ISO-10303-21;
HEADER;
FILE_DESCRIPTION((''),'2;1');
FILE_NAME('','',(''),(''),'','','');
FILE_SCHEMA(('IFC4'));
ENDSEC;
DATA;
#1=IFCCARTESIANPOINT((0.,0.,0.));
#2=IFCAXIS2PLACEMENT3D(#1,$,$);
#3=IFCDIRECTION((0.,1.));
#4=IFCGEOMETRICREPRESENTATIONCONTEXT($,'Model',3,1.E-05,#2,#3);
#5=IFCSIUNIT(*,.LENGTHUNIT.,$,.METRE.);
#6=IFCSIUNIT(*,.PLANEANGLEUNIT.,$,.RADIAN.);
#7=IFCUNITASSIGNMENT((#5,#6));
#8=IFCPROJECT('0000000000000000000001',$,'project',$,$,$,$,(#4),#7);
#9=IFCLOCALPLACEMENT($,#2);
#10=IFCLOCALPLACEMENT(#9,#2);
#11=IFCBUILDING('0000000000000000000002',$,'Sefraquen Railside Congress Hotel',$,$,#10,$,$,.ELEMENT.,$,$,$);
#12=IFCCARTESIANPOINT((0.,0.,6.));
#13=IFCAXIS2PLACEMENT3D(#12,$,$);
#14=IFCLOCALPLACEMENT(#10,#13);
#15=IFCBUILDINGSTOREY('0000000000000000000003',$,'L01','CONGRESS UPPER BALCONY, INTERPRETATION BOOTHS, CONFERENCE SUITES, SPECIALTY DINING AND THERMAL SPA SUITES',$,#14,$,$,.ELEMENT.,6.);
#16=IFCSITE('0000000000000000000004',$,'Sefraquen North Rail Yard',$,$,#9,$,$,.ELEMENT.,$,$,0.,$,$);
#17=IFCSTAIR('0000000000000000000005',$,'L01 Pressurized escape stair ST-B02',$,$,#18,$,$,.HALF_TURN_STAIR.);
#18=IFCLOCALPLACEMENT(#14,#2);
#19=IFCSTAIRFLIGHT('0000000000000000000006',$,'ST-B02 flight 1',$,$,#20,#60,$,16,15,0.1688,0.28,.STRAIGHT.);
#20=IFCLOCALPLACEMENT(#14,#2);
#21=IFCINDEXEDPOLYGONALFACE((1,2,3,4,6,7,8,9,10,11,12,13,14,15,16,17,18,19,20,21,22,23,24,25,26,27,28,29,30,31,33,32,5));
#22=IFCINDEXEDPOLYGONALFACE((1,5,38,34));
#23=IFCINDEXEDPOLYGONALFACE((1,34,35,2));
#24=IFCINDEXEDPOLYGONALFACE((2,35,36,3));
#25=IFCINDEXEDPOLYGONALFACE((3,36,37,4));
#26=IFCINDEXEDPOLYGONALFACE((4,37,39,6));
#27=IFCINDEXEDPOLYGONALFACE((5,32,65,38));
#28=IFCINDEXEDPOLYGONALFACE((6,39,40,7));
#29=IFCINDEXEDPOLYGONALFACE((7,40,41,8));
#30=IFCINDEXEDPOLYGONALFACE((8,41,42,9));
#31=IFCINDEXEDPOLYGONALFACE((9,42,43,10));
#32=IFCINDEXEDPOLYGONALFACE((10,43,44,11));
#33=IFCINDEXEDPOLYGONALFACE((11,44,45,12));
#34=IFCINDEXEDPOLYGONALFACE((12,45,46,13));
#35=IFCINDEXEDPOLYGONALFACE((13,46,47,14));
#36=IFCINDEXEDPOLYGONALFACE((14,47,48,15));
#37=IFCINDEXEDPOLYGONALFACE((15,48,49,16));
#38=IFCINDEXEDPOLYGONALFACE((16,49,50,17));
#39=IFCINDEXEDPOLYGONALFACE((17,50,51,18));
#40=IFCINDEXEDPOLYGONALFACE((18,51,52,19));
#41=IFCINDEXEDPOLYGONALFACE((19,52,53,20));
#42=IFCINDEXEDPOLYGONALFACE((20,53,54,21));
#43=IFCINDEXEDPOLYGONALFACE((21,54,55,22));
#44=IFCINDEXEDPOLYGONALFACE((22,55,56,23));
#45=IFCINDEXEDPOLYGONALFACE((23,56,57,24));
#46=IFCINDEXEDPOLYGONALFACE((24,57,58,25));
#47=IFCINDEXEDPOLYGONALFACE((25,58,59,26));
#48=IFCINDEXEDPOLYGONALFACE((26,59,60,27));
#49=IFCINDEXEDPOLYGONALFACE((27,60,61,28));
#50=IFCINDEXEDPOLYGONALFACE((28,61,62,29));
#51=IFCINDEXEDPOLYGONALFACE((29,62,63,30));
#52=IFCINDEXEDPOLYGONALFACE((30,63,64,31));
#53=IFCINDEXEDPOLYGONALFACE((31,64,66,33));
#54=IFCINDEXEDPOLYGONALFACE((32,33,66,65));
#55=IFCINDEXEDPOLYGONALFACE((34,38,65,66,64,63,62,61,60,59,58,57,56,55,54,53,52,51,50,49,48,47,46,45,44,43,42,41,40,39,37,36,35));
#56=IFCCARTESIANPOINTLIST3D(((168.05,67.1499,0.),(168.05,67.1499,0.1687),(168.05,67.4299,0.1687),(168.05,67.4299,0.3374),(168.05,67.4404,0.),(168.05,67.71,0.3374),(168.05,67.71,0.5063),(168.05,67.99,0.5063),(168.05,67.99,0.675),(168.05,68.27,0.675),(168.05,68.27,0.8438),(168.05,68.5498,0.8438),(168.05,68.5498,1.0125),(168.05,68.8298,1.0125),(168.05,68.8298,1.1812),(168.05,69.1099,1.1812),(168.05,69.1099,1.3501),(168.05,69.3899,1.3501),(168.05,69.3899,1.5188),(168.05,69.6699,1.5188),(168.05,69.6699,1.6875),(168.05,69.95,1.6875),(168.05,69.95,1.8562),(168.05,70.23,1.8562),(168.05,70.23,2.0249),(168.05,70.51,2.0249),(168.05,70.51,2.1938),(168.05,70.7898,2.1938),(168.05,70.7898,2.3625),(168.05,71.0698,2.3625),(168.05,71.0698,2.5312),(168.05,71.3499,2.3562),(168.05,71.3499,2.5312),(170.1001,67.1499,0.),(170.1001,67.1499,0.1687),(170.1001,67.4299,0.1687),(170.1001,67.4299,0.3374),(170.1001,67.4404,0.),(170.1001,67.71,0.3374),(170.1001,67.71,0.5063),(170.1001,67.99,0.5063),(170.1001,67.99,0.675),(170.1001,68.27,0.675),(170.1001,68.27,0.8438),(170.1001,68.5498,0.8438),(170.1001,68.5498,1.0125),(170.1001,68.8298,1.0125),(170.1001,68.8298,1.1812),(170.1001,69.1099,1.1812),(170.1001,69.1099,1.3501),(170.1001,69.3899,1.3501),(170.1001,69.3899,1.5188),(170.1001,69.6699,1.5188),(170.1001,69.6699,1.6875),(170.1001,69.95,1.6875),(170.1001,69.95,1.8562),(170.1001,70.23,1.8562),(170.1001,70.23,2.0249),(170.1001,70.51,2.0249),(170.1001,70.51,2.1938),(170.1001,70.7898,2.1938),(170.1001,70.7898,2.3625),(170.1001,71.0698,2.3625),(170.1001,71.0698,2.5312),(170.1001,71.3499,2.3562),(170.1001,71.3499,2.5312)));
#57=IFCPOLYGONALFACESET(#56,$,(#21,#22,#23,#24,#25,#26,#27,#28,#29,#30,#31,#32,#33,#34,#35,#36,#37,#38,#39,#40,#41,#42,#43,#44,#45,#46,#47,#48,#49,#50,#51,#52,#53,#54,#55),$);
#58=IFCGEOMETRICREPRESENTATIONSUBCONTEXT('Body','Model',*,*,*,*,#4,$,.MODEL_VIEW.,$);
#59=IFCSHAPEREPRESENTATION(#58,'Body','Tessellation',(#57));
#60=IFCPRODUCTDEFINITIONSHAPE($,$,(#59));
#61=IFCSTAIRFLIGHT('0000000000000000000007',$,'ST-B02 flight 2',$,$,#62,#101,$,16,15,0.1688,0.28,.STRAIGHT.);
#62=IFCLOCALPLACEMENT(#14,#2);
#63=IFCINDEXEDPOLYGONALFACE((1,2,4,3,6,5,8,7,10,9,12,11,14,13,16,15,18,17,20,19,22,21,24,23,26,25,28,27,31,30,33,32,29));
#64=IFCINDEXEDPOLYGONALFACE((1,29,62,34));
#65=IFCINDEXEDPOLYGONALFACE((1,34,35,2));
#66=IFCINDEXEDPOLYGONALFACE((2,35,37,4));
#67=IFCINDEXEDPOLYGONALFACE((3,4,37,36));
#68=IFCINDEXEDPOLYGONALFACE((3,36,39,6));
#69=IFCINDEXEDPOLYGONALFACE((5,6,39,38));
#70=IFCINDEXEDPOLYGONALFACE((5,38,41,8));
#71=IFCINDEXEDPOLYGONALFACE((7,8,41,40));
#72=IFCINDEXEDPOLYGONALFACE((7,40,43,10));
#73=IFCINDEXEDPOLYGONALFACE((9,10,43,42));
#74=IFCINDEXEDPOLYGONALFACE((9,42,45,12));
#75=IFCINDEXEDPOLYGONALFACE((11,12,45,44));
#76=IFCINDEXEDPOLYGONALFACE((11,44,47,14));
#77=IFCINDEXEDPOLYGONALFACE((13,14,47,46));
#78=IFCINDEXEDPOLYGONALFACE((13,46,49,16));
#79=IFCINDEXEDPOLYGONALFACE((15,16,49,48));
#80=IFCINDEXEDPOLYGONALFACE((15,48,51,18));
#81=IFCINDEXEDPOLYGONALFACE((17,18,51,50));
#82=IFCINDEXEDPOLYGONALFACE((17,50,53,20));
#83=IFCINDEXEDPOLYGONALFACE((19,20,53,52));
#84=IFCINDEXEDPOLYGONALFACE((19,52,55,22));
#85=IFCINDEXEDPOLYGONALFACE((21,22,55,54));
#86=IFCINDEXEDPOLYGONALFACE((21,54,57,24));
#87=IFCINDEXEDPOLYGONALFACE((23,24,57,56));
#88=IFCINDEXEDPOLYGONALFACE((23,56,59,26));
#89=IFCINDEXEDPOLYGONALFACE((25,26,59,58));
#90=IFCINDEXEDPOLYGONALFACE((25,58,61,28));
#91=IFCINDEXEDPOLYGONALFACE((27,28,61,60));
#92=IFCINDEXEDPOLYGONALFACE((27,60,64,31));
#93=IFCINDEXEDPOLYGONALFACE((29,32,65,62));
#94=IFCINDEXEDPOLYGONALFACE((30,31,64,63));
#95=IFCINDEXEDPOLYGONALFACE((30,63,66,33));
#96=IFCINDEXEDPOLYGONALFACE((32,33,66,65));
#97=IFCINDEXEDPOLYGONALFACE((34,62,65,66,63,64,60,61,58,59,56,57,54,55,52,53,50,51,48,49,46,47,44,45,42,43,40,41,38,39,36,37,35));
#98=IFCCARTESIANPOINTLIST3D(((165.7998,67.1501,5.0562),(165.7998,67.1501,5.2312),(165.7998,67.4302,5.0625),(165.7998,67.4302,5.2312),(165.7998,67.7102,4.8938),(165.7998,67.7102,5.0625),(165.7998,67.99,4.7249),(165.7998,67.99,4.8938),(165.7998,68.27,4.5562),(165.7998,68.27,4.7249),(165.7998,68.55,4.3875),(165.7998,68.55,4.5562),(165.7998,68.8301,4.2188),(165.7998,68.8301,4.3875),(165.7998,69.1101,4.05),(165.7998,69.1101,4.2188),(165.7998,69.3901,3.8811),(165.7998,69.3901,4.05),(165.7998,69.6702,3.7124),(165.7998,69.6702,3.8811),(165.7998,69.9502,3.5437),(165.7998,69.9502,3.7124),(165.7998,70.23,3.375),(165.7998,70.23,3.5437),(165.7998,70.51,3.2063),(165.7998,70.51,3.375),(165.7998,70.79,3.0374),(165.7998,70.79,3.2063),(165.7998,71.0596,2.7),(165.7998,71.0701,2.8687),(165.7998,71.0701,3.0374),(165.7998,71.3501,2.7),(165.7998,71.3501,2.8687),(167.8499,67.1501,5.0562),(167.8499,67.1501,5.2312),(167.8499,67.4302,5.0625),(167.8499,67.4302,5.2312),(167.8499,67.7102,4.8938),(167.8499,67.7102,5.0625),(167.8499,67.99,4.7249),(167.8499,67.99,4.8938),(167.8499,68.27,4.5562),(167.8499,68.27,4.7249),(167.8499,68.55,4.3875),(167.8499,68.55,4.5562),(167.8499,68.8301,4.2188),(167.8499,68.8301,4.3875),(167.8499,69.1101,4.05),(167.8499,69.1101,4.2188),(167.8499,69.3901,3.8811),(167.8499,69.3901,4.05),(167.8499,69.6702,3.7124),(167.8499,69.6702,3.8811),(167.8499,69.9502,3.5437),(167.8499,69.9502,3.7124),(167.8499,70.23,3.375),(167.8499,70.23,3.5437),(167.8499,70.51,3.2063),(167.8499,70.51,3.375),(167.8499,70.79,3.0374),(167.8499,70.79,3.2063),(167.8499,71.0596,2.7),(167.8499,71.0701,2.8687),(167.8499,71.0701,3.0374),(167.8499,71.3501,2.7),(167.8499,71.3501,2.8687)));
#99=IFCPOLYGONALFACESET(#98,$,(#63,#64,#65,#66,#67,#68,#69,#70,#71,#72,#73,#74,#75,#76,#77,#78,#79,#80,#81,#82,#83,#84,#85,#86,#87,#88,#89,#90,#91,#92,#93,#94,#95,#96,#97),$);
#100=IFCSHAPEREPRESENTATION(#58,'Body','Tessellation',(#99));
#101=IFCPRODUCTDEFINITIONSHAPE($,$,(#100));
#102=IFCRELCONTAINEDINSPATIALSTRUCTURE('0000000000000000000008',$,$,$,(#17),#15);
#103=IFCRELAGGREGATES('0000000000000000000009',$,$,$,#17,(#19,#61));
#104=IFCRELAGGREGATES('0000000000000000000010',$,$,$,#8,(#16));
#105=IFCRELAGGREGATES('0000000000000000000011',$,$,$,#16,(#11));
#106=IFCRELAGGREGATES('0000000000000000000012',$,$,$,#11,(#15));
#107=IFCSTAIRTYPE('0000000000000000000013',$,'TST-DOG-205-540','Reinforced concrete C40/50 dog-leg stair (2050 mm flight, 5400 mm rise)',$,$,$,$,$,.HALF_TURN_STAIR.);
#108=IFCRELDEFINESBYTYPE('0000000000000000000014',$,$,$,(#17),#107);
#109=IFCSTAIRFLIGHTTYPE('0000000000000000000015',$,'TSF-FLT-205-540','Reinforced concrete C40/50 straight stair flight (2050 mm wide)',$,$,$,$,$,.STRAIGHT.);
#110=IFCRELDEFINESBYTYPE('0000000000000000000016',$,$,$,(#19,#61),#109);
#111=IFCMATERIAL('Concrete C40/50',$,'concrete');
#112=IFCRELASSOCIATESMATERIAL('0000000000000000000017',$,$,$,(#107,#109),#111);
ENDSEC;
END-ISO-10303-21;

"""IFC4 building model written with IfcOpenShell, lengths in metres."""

from ifc_helpers import new_model, si_unit, direction, frame, origin, place, context, subcontext, project, spatial, polyline, outline, extrude, material, type_object, element, aggregate, save


model = new_model("IFC4")

# Units and contexts
model_context = context("Model", 3, precision=1e-05, world=origin(), true_north=direction((0.0, 1.0)))
body_context = subcontext(model_context, "Body", "Model", "MODEL_VIEW")
ifc_project = project(units=[si_unit("LENGTHUNIT", "METRE"), si_unit("PLANEANGLEUNIT", "RADIAN")], contexts=[model_context])

# Site, building, storey
site_placement = place(None, origin())
site = spatial("IfcSite", under=ifc_project, at=site_placement, Name="Sefraquen North Rail Yard", CompositionType="ELEMENT", RefElevation=0.0)
building_placement = place(site_placement, origin())
building = spatial("IfcBuilding", under=site, at=building_placement, Name="Sefraquen Railside Congress Hotel", CompositionType="ELEMENT")
storey_placement = place(building_placement, frame((0.0, 0.0, 6.0)))
storey = spatial("IfcBuildingStorey", under=building, at=storey_placement, Name="L01", Description="CONGRESS UPPER BALCONY, INTERPRETATION BOOTHS, CONFERENCE SUITES, SPECIALTY DINING AND THERMAL SPA SUITES", CompositionType="ELEMENT", Elevation=6.0)

# Stair, stair flights
ifc_material_1 = material(Name="Concrete C40/50", Category="concrete")
stair_type = type_object("IfcStairType", Name="TST-DOG-205-540", Description="Reinforced concrete C40/50 dog-leg stair (2050 mm flight, 5400 mm rise)", PredefinedType="HALF_TURN_STAIR", material=ifc_material_1)
stair_placement = place(storey_placement, origin())
stair = element("IfcStair", 1, at=stair_placement, inside=storey, type_object=stair_type, Name="L01 Pressurized escape stair ST-B02", PredefinedType="HALF_TURN_STAIR")
stair_flight_type = type_object("IfcStairFlightType", Name="TSF-FLT-205-540", Description="Reinforced concrete C40/50 straight stair flight (2050 mm wide)", PredefinedType="STRAIGHT", material=ifc_material_1)
stair_flight_1_placement = place(storey_placement, frame((169.075, 67.1499, 0.0), z_axis=(0.0, 0.0, 1.0), x_axis=(0.0, 1.0, 0.0)))
stair_flight_1 = element("IfcStairFlight", 2, at=stair_flight_1_placement, type_object=stair_flight_type, Name="ST-B02 flight 1", NumberOfRisers=16, NumberOfTreads=15, PredefinedType="STRAIGHT", RiserHeight=0.1688, TreadLength=0.28, context=body_context, shape_type="SweptSolid", body=[
    extrude(outline(polyline([(0.0, 0.0), (0.0, 0.1687), (0.28, 0.1687), (0.28, 0.3374), (0.5601, 0.3374), (0.5601, 0.5063), (0.8401, 0.5063), (0.8401, 0.675), (1.1201, 0.675), (1.1201, 0.8438), (1.3999, 0.8438), (1.3999, 1.0125), (1.6799, 1.0125), (1.6799, 1.1812), (1.96, 1.1812), (1.96, 1.3501), (2.24, 1.3501), (2.24, 1.5188), (2.52, 1.5188), (2.52, 1.6875), (2.8, 1.6875), (2.8, 1.8562), (3.0801, 1.8562), (3.0801, 2.0249), (3.3601, 2.0249), (3.3601, 2.1938), (3.6399, 2.1938), (3.6399, 2.3625), (3.9199, 2.3625), (3.9199, 2.5312), (4.2, 2.5312), (4.2, 2.7), (4.2, 2.3562), (0.2905, 0.0), (0.0, 0.0)])), frame((0.0, 1.0249, 0.0), z_axis=(0.0, -1.0, 0.0), x_axis=(1.0, 0.0, 0.0)), (0.0, 0.0, 1.0), 2.05),
])
stair_flight_2_placement = place(storey_placement, frame((166.825, 71.3501, 2.7), z_axis=(0.0, 0.0, 1.0), x_axis=(0.0, -1.0, 0.0)))
stair_flight_2 = element("IfcStairFlight", 3, at=stair_flight_2_placement, type_object=stair_flight_type, Name="ST-B02 flight 2", NumberOfRisers=16, NumberOfTreads=15, PredefinedType="STRAIGHT", RiserHeight=0.1688, TreadLength=0.28, context=body_context, shape_type="SweptSolid", body=[
    extrude(outline(polyline([(0.0, 0.0), (0.0, 0.1687), (0.28, 0.1687), (0.28, 0.3374), (0.5601, 0.3374), (0.5601, 0.5063), (0.8401, 0.5063), (0.8401, 0.675), (1.1201, 0.675), (1.1201, 0.8438), (1.3999, 0.8438), (1.3999, 1.0125), (1.6799, 1.0125), (1.6799, 1.1812), (1.96, 1.1812), (1.96, 1.3501), (2.24, 1.3501), (2.24, 1.5188), (2.52, 1.5188), (2.52, 1.6875), (2.8, 1.6875), (2.8, 1.8562), (3.0801, 1.8562), (3.0801, 2.0249), (3.3601, 2.0249), (3.3601, 2.1938), (3.6399, 2.1938), (3.6399, 2.3625), (3.9199, 2.3625), (3.9199, 2.5312), (4.2, 2.5312), (4.2, 2.7), (4.2, 2.3562), (0.2905, 0.0), (0.0, 0.0)])), frame((0.0, 1.0249, 0.0), z_axis=(0.0, -1.0, 0.0), x_axis=(1.0, 0.0, 0.0)), (0.0, 0.0, 1.0), 2.05),
])
aggregate(stair, [stair_flight_1, stair_flight_2])

save(model, "model.ifc")
